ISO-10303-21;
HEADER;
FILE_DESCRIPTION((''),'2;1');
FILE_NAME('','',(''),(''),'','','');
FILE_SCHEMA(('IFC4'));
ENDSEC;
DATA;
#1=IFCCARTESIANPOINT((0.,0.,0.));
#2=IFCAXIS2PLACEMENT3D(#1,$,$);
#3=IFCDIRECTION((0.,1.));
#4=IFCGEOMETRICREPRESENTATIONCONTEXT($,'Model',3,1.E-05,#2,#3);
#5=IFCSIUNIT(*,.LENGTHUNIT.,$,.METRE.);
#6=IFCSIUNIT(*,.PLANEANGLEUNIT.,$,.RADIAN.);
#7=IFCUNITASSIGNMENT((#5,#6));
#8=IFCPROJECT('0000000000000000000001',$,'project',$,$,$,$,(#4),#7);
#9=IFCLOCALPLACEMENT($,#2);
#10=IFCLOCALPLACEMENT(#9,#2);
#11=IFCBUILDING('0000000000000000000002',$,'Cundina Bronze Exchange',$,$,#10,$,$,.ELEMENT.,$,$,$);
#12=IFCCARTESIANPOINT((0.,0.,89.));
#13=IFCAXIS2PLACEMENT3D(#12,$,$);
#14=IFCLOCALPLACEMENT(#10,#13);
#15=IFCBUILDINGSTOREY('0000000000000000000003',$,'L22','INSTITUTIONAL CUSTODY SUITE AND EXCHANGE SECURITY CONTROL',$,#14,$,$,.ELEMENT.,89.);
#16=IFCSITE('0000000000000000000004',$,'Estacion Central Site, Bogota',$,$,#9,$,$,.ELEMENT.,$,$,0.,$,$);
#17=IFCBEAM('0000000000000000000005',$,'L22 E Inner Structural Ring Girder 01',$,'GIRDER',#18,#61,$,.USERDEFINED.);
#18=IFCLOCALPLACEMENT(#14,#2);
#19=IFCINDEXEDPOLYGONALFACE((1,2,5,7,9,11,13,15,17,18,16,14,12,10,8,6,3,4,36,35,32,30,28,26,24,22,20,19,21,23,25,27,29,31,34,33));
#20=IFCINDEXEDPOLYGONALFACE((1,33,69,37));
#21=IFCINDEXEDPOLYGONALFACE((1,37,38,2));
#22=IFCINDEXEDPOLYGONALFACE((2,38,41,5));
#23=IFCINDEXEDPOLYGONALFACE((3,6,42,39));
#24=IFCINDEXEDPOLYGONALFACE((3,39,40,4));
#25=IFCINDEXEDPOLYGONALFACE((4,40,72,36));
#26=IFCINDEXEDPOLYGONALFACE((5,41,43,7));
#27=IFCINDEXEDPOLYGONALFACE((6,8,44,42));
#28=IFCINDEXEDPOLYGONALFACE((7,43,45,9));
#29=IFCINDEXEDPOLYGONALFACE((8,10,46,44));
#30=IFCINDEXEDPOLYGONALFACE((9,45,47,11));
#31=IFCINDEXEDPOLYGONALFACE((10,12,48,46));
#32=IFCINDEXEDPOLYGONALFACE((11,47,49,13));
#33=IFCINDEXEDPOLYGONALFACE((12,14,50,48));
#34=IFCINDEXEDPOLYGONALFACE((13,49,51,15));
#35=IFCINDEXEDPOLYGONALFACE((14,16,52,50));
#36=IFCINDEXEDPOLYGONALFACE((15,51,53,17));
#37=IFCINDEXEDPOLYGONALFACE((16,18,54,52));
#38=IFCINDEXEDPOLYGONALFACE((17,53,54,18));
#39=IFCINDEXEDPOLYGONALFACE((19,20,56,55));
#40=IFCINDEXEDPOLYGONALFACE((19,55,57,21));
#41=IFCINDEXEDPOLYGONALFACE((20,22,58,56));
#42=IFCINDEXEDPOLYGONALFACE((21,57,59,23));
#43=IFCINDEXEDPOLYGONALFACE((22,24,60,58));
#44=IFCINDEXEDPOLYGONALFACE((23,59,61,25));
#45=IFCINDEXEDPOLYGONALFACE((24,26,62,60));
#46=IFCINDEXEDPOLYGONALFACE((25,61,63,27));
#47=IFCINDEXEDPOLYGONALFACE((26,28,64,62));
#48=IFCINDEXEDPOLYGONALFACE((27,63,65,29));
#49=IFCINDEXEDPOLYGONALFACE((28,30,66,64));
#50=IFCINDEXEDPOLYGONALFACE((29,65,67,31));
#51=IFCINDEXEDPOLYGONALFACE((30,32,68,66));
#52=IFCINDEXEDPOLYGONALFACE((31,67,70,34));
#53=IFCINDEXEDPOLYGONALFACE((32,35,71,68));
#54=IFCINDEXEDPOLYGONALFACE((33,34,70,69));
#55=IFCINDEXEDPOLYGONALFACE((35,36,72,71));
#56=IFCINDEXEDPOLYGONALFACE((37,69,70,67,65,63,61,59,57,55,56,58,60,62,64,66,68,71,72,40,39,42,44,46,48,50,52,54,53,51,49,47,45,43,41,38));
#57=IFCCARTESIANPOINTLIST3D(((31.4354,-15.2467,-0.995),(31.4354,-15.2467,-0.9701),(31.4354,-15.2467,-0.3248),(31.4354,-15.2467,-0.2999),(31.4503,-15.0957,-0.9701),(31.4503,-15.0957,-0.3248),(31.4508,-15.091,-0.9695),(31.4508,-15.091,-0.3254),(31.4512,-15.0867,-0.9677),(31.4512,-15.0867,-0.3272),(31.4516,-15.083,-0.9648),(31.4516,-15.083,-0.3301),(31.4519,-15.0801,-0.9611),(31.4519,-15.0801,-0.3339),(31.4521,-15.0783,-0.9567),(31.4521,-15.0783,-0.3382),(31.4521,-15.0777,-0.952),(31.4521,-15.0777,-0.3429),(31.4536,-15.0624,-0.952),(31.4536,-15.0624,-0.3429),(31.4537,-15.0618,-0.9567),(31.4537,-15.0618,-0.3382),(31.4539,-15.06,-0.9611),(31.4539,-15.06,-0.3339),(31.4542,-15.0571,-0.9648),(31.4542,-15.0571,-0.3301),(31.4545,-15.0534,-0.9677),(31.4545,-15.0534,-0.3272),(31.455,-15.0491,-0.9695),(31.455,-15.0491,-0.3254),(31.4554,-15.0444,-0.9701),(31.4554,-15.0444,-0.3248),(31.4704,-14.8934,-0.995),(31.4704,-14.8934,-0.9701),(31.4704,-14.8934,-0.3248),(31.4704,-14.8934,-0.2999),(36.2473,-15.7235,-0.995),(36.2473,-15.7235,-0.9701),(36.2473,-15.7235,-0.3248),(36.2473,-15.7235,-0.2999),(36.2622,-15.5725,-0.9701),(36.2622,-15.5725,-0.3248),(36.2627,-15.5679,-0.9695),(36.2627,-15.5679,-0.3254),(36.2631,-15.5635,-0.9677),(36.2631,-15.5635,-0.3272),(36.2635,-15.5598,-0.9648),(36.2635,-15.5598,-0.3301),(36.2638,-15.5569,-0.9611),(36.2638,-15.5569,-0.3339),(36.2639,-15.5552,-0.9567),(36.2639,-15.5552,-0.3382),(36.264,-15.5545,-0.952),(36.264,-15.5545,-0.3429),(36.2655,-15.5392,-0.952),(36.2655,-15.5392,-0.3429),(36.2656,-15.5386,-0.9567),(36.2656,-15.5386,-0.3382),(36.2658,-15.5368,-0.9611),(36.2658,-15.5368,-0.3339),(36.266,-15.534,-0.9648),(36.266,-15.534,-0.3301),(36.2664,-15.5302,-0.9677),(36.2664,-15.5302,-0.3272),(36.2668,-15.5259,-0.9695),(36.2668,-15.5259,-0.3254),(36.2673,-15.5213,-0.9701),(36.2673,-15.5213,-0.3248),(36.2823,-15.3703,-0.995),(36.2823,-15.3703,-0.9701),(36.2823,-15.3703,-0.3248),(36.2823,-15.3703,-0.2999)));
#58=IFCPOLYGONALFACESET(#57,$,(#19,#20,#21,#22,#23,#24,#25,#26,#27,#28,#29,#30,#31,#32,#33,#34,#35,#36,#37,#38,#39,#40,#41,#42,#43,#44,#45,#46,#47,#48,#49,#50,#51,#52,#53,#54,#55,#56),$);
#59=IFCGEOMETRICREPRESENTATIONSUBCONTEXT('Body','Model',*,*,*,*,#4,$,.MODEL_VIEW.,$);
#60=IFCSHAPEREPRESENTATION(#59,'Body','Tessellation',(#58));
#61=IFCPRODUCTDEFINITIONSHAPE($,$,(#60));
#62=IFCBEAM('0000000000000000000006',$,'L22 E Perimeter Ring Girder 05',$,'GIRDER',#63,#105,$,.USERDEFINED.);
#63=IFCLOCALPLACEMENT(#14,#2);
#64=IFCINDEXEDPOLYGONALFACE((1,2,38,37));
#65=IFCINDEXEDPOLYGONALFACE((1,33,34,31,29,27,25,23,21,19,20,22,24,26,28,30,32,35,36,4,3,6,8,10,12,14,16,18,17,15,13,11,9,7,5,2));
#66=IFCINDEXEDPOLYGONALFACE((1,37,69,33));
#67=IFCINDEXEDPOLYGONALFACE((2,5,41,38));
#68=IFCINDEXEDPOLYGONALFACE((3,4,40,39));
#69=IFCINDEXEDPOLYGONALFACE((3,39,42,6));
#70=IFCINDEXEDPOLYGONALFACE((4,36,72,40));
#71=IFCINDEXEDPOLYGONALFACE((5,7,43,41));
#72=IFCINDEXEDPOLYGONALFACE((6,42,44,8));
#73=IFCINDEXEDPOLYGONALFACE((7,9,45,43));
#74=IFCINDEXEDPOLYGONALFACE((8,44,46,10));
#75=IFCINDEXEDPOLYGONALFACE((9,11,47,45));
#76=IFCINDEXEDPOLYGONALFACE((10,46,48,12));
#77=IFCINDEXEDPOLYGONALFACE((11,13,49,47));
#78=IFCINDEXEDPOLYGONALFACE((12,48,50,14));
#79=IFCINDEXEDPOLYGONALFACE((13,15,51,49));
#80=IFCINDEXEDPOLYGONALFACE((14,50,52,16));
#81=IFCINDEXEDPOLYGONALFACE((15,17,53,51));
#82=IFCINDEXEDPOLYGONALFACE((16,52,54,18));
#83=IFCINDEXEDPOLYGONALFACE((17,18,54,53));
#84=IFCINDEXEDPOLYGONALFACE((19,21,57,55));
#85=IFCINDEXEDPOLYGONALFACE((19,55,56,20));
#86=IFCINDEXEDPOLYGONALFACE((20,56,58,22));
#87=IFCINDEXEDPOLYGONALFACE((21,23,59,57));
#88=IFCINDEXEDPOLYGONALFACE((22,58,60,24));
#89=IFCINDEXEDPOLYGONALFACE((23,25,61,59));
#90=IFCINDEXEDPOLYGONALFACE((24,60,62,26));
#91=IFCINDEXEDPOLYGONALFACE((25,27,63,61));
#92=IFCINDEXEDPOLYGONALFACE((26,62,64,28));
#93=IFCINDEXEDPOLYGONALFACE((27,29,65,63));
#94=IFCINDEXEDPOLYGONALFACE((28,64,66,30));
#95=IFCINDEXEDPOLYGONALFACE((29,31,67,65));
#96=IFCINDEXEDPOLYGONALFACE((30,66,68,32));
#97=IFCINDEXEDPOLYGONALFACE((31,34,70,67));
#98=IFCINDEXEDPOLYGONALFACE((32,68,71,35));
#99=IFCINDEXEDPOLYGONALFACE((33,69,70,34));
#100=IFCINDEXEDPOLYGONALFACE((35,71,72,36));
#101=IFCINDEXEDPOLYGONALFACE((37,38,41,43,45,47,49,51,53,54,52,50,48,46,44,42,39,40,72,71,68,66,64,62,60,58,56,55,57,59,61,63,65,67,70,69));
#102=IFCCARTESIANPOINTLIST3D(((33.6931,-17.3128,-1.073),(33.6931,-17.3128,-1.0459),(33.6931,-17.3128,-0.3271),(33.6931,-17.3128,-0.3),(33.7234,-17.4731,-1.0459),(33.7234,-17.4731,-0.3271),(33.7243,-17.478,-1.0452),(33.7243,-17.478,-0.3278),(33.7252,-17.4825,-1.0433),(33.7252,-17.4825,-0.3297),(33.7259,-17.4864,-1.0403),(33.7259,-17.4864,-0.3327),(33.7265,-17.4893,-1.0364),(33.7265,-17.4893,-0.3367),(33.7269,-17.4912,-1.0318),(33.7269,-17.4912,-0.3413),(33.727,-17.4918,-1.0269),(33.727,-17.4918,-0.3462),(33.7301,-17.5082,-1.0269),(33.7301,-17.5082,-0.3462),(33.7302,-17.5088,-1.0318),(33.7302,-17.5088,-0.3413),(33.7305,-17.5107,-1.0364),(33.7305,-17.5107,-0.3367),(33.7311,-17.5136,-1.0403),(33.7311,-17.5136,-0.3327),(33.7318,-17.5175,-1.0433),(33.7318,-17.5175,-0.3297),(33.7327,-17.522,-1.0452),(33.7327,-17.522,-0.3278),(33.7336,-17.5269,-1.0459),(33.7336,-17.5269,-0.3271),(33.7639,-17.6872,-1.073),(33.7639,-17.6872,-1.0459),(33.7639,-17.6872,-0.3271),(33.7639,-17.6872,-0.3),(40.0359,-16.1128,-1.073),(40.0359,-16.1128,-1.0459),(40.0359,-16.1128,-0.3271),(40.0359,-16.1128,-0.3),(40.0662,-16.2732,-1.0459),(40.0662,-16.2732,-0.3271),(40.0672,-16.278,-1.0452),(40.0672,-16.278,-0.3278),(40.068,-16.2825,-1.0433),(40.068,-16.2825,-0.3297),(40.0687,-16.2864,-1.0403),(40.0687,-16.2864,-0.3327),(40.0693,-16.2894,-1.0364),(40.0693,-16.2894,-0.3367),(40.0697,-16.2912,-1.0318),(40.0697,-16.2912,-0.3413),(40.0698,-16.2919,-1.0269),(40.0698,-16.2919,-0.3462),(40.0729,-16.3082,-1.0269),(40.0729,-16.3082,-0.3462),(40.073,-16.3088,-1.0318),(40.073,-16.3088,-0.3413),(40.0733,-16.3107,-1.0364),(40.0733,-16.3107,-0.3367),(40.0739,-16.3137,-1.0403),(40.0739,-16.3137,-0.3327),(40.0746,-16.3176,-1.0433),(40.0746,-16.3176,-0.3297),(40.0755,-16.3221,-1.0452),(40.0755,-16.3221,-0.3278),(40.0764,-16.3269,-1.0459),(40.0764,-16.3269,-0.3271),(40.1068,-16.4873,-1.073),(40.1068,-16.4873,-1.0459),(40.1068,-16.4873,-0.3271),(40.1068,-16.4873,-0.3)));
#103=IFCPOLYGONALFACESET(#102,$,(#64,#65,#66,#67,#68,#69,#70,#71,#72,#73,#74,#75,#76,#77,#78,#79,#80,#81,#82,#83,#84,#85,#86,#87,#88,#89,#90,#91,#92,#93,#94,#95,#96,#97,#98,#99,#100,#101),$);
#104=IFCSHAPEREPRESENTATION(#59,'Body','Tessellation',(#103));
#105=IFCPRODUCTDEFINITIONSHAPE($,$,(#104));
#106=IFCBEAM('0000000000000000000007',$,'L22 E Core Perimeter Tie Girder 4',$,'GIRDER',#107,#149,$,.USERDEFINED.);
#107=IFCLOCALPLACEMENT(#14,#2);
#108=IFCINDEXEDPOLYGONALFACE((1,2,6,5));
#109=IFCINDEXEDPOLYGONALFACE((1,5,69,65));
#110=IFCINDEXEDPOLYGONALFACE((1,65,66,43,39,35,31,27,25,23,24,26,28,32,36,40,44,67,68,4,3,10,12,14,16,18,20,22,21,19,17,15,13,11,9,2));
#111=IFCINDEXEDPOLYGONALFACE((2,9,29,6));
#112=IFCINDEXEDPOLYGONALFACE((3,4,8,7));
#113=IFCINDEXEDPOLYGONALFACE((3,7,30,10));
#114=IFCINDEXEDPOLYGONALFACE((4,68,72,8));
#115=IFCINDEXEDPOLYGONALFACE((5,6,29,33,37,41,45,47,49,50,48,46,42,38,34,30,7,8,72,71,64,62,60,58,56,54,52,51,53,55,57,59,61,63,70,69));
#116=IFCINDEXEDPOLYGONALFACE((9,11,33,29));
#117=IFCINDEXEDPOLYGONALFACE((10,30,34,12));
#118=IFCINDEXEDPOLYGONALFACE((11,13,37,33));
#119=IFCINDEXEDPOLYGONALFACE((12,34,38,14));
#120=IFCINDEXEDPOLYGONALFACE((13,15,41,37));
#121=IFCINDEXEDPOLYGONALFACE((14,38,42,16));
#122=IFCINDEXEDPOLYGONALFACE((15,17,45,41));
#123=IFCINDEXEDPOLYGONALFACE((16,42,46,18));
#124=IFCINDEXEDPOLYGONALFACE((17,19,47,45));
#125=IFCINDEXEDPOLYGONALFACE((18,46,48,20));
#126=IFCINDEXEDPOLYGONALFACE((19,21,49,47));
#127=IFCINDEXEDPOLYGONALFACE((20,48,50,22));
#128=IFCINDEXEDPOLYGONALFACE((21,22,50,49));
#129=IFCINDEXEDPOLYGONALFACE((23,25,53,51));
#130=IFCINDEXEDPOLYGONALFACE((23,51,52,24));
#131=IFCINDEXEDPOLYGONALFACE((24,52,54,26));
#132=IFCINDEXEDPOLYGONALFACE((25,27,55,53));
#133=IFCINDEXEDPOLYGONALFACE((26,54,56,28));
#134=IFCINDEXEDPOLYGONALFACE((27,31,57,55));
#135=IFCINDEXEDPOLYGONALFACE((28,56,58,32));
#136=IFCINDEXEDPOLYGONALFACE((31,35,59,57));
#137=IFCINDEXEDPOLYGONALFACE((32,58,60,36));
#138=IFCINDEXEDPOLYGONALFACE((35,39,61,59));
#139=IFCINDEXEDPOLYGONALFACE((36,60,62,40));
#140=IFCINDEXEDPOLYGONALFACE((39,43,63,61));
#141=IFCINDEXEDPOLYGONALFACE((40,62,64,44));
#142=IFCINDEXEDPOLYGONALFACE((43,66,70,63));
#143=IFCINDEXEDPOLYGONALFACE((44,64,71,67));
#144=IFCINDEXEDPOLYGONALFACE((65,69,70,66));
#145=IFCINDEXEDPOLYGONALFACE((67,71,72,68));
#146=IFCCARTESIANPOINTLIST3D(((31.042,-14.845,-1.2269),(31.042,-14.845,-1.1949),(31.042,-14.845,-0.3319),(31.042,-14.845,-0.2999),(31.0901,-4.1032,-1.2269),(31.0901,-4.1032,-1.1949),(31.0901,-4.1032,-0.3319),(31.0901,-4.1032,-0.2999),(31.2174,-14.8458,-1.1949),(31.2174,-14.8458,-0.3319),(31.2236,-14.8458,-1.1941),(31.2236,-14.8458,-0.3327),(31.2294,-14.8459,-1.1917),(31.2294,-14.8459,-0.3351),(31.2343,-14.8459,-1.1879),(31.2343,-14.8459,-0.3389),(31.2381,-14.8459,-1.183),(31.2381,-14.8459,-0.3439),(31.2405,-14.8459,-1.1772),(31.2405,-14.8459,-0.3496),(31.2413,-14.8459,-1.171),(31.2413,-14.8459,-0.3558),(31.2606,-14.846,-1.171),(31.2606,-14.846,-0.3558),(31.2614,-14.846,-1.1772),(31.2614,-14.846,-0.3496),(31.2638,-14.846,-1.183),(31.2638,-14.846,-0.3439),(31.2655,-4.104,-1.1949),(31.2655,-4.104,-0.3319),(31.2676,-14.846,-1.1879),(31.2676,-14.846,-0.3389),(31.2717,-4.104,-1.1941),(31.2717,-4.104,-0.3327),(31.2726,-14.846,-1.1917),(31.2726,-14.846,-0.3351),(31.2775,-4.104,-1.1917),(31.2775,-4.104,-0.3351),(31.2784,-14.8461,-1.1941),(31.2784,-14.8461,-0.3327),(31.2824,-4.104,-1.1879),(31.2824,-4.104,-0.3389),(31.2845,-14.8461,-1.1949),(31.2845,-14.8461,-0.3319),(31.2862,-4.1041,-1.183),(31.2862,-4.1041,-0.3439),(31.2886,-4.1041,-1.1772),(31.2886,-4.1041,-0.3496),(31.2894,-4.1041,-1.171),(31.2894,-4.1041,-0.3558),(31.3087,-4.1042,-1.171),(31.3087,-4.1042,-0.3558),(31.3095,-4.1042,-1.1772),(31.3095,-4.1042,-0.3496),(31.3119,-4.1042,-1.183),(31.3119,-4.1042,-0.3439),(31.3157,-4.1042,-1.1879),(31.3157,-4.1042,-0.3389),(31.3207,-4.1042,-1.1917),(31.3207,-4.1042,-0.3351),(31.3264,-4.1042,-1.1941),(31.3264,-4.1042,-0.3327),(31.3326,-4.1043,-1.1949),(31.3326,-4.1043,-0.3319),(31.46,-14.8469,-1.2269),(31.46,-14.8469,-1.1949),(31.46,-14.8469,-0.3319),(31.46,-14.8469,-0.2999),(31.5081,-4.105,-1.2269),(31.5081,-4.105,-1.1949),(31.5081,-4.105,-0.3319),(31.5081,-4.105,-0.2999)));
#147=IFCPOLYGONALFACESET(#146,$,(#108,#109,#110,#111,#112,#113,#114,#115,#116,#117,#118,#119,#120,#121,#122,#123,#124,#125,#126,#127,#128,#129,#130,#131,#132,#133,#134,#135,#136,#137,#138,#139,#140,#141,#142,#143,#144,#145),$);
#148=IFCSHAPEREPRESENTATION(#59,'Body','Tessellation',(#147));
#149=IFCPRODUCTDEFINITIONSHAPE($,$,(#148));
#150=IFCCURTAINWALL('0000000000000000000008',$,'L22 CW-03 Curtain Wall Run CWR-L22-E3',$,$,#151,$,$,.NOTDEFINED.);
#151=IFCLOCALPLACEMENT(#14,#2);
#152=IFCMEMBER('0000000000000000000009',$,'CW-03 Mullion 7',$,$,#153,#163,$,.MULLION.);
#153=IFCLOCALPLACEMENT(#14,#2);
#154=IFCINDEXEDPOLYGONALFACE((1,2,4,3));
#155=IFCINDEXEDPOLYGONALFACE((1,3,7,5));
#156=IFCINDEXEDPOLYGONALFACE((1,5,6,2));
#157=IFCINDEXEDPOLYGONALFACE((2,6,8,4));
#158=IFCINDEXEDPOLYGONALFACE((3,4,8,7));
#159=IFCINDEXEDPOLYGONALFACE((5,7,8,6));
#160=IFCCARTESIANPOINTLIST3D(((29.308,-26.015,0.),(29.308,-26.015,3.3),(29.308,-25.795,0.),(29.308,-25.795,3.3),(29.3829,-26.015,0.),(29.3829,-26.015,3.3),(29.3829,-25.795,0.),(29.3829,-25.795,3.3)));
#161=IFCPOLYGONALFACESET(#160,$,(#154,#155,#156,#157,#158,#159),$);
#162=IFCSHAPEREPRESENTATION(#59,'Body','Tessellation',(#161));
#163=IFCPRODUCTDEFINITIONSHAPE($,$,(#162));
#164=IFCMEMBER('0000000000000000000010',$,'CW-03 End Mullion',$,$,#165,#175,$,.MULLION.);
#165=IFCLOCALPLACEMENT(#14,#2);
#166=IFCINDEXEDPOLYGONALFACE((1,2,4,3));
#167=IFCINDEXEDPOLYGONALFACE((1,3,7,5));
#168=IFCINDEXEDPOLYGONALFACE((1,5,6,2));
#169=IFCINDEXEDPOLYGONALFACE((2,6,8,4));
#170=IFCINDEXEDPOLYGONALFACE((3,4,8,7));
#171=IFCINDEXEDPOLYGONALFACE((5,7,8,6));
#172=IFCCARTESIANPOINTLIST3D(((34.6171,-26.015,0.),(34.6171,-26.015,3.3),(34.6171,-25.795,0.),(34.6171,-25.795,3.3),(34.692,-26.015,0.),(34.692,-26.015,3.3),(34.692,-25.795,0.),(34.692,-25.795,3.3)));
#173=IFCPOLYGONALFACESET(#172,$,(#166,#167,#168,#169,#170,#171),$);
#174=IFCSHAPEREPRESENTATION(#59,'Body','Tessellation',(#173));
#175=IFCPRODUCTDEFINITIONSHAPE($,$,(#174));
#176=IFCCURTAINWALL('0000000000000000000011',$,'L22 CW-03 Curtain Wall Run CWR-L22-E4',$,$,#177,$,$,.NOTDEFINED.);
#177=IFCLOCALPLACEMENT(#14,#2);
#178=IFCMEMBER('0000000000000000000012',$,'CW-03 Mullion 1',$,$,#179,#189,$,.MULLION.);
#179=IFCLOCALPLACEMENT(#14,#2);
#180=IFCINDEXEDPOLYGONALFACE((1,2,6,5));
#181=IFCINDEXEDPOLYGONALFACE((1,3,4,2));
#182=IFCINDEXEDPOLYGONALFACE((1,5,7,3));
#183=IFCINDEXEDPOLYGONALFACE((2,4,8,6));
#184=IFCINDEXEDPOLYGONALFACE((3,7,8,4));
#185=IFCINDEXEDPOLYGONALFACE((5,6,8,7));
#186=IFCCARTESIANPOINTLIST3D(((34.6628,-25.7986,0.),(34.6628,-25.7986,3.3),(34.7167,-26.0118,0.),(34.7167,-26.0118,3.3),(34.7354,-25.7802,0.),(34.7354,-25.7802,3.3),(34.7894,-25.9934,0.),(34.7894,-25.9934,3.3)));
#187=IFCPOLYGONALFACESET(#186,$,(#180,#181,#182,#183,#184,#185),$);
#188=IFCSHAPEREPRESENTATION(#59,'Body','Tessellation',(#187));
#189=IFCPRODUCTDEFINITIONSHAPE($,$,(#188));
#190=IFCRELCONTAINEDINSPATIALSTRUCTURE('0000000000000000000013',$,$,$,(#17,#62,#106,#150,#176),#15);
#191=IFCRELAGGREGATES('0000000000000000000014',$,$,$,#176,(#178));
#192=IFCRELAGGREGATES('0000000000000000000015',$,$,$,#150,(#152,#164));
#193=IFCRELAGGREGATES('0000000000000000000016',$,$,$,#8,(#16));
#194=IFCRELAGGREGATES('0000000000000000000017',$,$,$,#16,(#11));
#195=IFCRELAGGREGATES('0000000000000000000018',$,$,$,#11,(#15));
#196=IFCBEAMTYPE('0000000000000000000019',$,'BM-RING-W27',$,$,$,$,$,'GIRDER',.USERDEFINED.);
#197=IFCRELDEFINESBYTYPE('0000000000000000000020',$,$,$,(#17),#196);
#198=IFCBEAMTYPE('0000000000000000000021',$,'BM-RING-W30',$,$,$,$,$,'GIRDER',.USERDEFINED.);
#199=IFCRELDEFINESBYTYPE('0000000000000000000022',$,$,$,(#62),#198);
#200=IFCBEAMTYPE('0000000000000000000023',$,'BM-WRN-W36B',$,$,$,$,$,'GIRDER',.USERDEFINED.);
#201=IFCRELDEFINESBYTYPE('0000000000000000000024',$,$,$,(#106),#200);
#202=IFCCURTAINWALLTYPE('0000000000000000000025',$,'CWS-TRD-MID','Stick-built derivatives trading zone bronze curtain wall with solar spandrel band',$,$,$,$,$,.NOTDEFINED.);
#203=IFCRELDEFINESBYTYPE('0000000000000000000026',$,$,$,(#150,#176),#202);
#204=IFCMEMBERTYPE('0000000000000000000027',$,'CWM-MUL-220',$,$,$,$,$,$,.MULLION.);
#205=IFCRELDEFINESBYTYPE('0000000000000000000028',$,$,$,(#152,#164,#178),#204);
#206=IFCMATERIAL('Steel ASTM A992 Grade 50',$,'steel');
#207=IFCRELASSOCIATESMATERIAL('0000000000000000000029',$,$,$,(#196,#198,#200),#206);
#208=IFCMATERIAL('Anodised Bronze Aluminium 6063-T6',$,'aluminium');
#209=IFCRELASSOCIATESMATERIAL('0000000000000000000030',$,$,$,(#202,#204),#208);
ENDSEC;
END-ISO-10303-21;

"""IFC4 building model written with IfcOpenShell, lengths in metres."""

from ifc_helpers import new_model, si_unit, direction, frame, origin, origin_2d, place, context, subcontext, project, spatial, rectangle, i_section, extrude, material, material_profile, profile_set, type_object, element, aggregate, save


model = new_model("IFC4")

# Units and contexts
model_context = context("Model", 3, precision=1e-05, world=origin(), true_north=direction((0.0, 1.0)))
body_context = subcontext(model_context, "Body", "Model", "MODEL_VIEW")
ifc_project = project(units=[si_unit("LENGTHUNIT", "METRE"), si_unit("PLANEANGLEUNIT", "RADIAN")], contexts=[model_context])

# Site, building, storey
site_placement = place(None, origin())
site = spatial("IfcSite", under=ifc_project, at=site_placement, Name="Estacion Central Site, Bogota", CompositionType="ELEMENT", RefElevation=0.0)
building_placement = place(site_placement, origin())
building = spatial("IfcBuilding", under=site, at=building_placement, Name="Cundina Bronze Exchange", CompositionType="ELEMENT")
storey_placement = place(building_placement, frame((0.0, 0.0, 89.0)))
storey = spatial("IfcBuildingStorey", under=building, at=storey_placement, Name="L22", Description="INSTITUTIONAL CUSTODY SUITE AND EXCHANGE SECURITY CONTROL", CompositionType="ELEMENT", Elevation=89.0)

# Shared definitions
ifc_material_1 = material(Name="Steel ASTM A992 Grade 50", Category="steel")

# Beams
ifc_material_profile_1 = material_profile(ifc_material_1, i_section(OverallWidth=0.355, OverallDepth=0.6951, WebThickness=0.0154, FlangeThickness=0.0249, FilletRadius=0.0181, at=origin_2d()), Name="W27X146", Category="steel")
ifc_profile_set_1 = profile_set([ifc_material_profile_1], Name="Steel ASTM A992 Grade 50")
beam_type_1 = type_object("IfcBeamType", Name="BM-RING-W27", ElementType="GIRDER", PredefinedType="USERDEFINED", material=ifc_profile_set_1)
beam_1_placement = place(storey_placement, frame((31.4529, -15.0701, -0.6475), z_axis=(0.995126, -0.098609, 0.0), x_axis=(0.098609, 0.995126, 0.0)))
element("IfcBeam", 1, at=beam_1_placement, inside=storey, type_object=beam_type_1, Name="L22 E Inner Structural Ring Girder 01", ObjectType="GIRDER", PredefinedType="USERDEFINED", context=body_context, shape_type="SweptSolid", body=[
    extrude(i_section(OverallWidth=0.355, OverallDepth=0.6951, WebThickness=0.0154, FlangeThickness=0.0249, FilletRadius=0.0181, at=origin_2d()), origin(), (0.0, 0.0, 1.0), 4.8354),
])
ifc_material_profile_2 = material_profile(ifc_material_1, i_section(OverallWidth=0.3811, OverallDepth=0.7729, WebThickness=0.0166, FlangeThickness=0.0271, FilletRadius=0.019, at=origin_2d()), Name="W30X173", Category="steel")
ifc_profile_set_2 = profile_set([ifc_material_profile_2], Name="Steel ASTM A992 Grade 50")
beam_type_2 = type_object("IfcBeamType", Name="BM-RING-W30", ElementType="GIRDER", PredefinedType="USERDEFINED", material=ifc_profile_set_2)
beam_2_placement = place(storey_placement, frame((33.7285, -17.5, -0.6865), z_axis=(0.982571, 0.185887, 0.0), x_axis=(-0.185887, 0.982571, 0.0)))
element("IfcBeam", 2, at=beam_2_placement, inside=storey, type_object=beam_type_2, Name="L22 E Perimeter Ring Girder 05", ObjectType="GIRDER", PredefinedType="USERDEFINED", context=body_context, shape_type="SweptSolid", body=[
    extrude(i_section(OverallWidth=0.3811, OverallDepth=0.7729, WebThickness=0.0166, FlangeThickness=0.0271, FilletRadius=0.019, at=origin_2d()), origin(), (0.0, 0.0, 1.0), 6.4553),
])
ifc_material_profile_3 = material_profile(ifc_material_1, i_section(OverallWidth=0.418, OverallDepth=0.927, WebThickness=0.0193, FlangeThickness=0.032, FilletRadius=0.0239, at=origin_2d()), Name="W36X231", Category="steel")
ifc_profile_set_3 = profile_set([ifc_material_profile_3], Name="Steel ASTM A992 Grade 50")
beam_type_3 = type_object("IfcBeamType", Name="BM-WRN-W36B", ElementType="GIRDER", PredefinedType="USERDEFINED", material=ifc_profile_set_3)
beam_3_placement = place(storey_placement, frame((31.251, -14.8459, -0.7634), z_axis=(0.004477, 0.99999, 0.0), x_axis=(-0.99999, 0.004477, 0.0)))
element("IfcBeam", 3, at=beam_3_placement, inside=storey, type_object=beam_type_3, Name="L22 E Core Perimeter Tie Girder 4", ObjectType="GIRDER", PredefinedType="USERDEFINED", context=body_context, shape_type="SweptSolid", body=[
    extrude(i_section(OverallWidth=0.418, OverallDepth=0.927, WebThickness=0.0193, FlangeThickness=0.032, FilletRadius=0.0239, at=origin_2d()), origin(), (0.0, 0.0, 1.0), 10.7419),
])

# Curtain wall, members
ifc_material_2 = material(Name="Anodised Bronze Aluminium 6063-T6", Category="aluminium")
curtain_wall_type = type_object("IfcCurtainWallType", Name="CWS-TRD-MID", Description="Stick-built derivatives trading zone bronze curtain wall with solar spandrel band", PredefinedType="NOTDEFINED", material=ifc_material_2)
curtain_wall_1_placement = place(storey_placement, origin())
curtain_wall_1 = element("IfcCurtainWall", 4, at=curtain_wall_1_placement, inside=storey, type_object=curtain_wall_type, Name="L22 CW-03 Curtain Wall Run CWR-L22-E3", PredefinedType="NOTDEFINED")
ifc_material_profile_4 = material_profile(ifc_material_2, rectangle(XDim=0.075, YDim=0.22, at=origin_2d()), Name="AL75X220", Category="aluminium")
ifc_profile_set_4 = profile_set([ifc_material_profile_4], Name="Anodised Bronze Aluminium 6063-T6")
member_type_1 = type_object("IfcMemberType", Name="CWM-MUL-220", PredefinedType="MULLION", material=ifc_profile_set_4)
member_1_placement = place(storey_placement, frame((29.3455, -25.905, 0.0), z_axis=(0.0, 0.0, 1.0), x_axis=(1.0, 0.0, 0.0)))
member_1 = element("IfcMember", 5, at=member_1_placement, type_object=member_type_1, Name="CW-03 Mullion 7", PredefinedType="MULLION", context=body_context, shape_type="SweptSolid", body=[
    extrude(rectangle(XDim=0.075, YDim=0.22, at=origin_2d()), origin(), (0.0, 0.0, 1.0), 3.3),
])
member_2_placement = place(storey_placement, frame((34.6545, -25.905, 0.0), z_axis=(0.0, 0.0, 1.0), x_axis=(1.0, 0.0, 0.0)))
member_2 = element("IfcMember", 6, at=member_2_placement, type_object=member_type_1, Name="CW-03 End Mullion", PredefinedType="MULLION", context=body_context, shape_type="SweptSolid", body=[
    extrude(rectangle(XDim=0.075, YDim=0.22, at=origin_2d()), origin(), (0.0, 0.0, 1.0), 3.3),
])

# Curtain wall, member
curtain_wall_2_placement = place(storey_placement, origin())
curtain_wall_2 = element("IfcCurtainWall", 7, at=curtain_wall_2_placement, inside=storey, type_object=curtain_wall_type, Name="L22 CW-03 Curtain Wall Run CWR-L22-E4", PredefinedType="NOTDEFINED")
member_3_placement = place(storey_placement, frame((34.7261, -25.896, 0.0), z_axis=(0.0, 0.0, 1.0), x_axis=(0.969488, 0.245138, 0.0)))
member_3 = element("IfcMember", 8, at=member_3_placement, type_object=member_type_1, Name="CW-03 Mullion 1", PredefinedType="MULLION", context=body_context, shape_type="SweptSolid", body=[
    extrude(rectangle(XDim=0.075, YDim=0.22, at=origin_2d()), origin(), (0.0, 0.0, 1.0), 3.3),
])
aggregate(curtain_wall_2, [member_3])

aggregate(curtain_wall_1, [member_1, member_2])

save(model, "model.ifc")
